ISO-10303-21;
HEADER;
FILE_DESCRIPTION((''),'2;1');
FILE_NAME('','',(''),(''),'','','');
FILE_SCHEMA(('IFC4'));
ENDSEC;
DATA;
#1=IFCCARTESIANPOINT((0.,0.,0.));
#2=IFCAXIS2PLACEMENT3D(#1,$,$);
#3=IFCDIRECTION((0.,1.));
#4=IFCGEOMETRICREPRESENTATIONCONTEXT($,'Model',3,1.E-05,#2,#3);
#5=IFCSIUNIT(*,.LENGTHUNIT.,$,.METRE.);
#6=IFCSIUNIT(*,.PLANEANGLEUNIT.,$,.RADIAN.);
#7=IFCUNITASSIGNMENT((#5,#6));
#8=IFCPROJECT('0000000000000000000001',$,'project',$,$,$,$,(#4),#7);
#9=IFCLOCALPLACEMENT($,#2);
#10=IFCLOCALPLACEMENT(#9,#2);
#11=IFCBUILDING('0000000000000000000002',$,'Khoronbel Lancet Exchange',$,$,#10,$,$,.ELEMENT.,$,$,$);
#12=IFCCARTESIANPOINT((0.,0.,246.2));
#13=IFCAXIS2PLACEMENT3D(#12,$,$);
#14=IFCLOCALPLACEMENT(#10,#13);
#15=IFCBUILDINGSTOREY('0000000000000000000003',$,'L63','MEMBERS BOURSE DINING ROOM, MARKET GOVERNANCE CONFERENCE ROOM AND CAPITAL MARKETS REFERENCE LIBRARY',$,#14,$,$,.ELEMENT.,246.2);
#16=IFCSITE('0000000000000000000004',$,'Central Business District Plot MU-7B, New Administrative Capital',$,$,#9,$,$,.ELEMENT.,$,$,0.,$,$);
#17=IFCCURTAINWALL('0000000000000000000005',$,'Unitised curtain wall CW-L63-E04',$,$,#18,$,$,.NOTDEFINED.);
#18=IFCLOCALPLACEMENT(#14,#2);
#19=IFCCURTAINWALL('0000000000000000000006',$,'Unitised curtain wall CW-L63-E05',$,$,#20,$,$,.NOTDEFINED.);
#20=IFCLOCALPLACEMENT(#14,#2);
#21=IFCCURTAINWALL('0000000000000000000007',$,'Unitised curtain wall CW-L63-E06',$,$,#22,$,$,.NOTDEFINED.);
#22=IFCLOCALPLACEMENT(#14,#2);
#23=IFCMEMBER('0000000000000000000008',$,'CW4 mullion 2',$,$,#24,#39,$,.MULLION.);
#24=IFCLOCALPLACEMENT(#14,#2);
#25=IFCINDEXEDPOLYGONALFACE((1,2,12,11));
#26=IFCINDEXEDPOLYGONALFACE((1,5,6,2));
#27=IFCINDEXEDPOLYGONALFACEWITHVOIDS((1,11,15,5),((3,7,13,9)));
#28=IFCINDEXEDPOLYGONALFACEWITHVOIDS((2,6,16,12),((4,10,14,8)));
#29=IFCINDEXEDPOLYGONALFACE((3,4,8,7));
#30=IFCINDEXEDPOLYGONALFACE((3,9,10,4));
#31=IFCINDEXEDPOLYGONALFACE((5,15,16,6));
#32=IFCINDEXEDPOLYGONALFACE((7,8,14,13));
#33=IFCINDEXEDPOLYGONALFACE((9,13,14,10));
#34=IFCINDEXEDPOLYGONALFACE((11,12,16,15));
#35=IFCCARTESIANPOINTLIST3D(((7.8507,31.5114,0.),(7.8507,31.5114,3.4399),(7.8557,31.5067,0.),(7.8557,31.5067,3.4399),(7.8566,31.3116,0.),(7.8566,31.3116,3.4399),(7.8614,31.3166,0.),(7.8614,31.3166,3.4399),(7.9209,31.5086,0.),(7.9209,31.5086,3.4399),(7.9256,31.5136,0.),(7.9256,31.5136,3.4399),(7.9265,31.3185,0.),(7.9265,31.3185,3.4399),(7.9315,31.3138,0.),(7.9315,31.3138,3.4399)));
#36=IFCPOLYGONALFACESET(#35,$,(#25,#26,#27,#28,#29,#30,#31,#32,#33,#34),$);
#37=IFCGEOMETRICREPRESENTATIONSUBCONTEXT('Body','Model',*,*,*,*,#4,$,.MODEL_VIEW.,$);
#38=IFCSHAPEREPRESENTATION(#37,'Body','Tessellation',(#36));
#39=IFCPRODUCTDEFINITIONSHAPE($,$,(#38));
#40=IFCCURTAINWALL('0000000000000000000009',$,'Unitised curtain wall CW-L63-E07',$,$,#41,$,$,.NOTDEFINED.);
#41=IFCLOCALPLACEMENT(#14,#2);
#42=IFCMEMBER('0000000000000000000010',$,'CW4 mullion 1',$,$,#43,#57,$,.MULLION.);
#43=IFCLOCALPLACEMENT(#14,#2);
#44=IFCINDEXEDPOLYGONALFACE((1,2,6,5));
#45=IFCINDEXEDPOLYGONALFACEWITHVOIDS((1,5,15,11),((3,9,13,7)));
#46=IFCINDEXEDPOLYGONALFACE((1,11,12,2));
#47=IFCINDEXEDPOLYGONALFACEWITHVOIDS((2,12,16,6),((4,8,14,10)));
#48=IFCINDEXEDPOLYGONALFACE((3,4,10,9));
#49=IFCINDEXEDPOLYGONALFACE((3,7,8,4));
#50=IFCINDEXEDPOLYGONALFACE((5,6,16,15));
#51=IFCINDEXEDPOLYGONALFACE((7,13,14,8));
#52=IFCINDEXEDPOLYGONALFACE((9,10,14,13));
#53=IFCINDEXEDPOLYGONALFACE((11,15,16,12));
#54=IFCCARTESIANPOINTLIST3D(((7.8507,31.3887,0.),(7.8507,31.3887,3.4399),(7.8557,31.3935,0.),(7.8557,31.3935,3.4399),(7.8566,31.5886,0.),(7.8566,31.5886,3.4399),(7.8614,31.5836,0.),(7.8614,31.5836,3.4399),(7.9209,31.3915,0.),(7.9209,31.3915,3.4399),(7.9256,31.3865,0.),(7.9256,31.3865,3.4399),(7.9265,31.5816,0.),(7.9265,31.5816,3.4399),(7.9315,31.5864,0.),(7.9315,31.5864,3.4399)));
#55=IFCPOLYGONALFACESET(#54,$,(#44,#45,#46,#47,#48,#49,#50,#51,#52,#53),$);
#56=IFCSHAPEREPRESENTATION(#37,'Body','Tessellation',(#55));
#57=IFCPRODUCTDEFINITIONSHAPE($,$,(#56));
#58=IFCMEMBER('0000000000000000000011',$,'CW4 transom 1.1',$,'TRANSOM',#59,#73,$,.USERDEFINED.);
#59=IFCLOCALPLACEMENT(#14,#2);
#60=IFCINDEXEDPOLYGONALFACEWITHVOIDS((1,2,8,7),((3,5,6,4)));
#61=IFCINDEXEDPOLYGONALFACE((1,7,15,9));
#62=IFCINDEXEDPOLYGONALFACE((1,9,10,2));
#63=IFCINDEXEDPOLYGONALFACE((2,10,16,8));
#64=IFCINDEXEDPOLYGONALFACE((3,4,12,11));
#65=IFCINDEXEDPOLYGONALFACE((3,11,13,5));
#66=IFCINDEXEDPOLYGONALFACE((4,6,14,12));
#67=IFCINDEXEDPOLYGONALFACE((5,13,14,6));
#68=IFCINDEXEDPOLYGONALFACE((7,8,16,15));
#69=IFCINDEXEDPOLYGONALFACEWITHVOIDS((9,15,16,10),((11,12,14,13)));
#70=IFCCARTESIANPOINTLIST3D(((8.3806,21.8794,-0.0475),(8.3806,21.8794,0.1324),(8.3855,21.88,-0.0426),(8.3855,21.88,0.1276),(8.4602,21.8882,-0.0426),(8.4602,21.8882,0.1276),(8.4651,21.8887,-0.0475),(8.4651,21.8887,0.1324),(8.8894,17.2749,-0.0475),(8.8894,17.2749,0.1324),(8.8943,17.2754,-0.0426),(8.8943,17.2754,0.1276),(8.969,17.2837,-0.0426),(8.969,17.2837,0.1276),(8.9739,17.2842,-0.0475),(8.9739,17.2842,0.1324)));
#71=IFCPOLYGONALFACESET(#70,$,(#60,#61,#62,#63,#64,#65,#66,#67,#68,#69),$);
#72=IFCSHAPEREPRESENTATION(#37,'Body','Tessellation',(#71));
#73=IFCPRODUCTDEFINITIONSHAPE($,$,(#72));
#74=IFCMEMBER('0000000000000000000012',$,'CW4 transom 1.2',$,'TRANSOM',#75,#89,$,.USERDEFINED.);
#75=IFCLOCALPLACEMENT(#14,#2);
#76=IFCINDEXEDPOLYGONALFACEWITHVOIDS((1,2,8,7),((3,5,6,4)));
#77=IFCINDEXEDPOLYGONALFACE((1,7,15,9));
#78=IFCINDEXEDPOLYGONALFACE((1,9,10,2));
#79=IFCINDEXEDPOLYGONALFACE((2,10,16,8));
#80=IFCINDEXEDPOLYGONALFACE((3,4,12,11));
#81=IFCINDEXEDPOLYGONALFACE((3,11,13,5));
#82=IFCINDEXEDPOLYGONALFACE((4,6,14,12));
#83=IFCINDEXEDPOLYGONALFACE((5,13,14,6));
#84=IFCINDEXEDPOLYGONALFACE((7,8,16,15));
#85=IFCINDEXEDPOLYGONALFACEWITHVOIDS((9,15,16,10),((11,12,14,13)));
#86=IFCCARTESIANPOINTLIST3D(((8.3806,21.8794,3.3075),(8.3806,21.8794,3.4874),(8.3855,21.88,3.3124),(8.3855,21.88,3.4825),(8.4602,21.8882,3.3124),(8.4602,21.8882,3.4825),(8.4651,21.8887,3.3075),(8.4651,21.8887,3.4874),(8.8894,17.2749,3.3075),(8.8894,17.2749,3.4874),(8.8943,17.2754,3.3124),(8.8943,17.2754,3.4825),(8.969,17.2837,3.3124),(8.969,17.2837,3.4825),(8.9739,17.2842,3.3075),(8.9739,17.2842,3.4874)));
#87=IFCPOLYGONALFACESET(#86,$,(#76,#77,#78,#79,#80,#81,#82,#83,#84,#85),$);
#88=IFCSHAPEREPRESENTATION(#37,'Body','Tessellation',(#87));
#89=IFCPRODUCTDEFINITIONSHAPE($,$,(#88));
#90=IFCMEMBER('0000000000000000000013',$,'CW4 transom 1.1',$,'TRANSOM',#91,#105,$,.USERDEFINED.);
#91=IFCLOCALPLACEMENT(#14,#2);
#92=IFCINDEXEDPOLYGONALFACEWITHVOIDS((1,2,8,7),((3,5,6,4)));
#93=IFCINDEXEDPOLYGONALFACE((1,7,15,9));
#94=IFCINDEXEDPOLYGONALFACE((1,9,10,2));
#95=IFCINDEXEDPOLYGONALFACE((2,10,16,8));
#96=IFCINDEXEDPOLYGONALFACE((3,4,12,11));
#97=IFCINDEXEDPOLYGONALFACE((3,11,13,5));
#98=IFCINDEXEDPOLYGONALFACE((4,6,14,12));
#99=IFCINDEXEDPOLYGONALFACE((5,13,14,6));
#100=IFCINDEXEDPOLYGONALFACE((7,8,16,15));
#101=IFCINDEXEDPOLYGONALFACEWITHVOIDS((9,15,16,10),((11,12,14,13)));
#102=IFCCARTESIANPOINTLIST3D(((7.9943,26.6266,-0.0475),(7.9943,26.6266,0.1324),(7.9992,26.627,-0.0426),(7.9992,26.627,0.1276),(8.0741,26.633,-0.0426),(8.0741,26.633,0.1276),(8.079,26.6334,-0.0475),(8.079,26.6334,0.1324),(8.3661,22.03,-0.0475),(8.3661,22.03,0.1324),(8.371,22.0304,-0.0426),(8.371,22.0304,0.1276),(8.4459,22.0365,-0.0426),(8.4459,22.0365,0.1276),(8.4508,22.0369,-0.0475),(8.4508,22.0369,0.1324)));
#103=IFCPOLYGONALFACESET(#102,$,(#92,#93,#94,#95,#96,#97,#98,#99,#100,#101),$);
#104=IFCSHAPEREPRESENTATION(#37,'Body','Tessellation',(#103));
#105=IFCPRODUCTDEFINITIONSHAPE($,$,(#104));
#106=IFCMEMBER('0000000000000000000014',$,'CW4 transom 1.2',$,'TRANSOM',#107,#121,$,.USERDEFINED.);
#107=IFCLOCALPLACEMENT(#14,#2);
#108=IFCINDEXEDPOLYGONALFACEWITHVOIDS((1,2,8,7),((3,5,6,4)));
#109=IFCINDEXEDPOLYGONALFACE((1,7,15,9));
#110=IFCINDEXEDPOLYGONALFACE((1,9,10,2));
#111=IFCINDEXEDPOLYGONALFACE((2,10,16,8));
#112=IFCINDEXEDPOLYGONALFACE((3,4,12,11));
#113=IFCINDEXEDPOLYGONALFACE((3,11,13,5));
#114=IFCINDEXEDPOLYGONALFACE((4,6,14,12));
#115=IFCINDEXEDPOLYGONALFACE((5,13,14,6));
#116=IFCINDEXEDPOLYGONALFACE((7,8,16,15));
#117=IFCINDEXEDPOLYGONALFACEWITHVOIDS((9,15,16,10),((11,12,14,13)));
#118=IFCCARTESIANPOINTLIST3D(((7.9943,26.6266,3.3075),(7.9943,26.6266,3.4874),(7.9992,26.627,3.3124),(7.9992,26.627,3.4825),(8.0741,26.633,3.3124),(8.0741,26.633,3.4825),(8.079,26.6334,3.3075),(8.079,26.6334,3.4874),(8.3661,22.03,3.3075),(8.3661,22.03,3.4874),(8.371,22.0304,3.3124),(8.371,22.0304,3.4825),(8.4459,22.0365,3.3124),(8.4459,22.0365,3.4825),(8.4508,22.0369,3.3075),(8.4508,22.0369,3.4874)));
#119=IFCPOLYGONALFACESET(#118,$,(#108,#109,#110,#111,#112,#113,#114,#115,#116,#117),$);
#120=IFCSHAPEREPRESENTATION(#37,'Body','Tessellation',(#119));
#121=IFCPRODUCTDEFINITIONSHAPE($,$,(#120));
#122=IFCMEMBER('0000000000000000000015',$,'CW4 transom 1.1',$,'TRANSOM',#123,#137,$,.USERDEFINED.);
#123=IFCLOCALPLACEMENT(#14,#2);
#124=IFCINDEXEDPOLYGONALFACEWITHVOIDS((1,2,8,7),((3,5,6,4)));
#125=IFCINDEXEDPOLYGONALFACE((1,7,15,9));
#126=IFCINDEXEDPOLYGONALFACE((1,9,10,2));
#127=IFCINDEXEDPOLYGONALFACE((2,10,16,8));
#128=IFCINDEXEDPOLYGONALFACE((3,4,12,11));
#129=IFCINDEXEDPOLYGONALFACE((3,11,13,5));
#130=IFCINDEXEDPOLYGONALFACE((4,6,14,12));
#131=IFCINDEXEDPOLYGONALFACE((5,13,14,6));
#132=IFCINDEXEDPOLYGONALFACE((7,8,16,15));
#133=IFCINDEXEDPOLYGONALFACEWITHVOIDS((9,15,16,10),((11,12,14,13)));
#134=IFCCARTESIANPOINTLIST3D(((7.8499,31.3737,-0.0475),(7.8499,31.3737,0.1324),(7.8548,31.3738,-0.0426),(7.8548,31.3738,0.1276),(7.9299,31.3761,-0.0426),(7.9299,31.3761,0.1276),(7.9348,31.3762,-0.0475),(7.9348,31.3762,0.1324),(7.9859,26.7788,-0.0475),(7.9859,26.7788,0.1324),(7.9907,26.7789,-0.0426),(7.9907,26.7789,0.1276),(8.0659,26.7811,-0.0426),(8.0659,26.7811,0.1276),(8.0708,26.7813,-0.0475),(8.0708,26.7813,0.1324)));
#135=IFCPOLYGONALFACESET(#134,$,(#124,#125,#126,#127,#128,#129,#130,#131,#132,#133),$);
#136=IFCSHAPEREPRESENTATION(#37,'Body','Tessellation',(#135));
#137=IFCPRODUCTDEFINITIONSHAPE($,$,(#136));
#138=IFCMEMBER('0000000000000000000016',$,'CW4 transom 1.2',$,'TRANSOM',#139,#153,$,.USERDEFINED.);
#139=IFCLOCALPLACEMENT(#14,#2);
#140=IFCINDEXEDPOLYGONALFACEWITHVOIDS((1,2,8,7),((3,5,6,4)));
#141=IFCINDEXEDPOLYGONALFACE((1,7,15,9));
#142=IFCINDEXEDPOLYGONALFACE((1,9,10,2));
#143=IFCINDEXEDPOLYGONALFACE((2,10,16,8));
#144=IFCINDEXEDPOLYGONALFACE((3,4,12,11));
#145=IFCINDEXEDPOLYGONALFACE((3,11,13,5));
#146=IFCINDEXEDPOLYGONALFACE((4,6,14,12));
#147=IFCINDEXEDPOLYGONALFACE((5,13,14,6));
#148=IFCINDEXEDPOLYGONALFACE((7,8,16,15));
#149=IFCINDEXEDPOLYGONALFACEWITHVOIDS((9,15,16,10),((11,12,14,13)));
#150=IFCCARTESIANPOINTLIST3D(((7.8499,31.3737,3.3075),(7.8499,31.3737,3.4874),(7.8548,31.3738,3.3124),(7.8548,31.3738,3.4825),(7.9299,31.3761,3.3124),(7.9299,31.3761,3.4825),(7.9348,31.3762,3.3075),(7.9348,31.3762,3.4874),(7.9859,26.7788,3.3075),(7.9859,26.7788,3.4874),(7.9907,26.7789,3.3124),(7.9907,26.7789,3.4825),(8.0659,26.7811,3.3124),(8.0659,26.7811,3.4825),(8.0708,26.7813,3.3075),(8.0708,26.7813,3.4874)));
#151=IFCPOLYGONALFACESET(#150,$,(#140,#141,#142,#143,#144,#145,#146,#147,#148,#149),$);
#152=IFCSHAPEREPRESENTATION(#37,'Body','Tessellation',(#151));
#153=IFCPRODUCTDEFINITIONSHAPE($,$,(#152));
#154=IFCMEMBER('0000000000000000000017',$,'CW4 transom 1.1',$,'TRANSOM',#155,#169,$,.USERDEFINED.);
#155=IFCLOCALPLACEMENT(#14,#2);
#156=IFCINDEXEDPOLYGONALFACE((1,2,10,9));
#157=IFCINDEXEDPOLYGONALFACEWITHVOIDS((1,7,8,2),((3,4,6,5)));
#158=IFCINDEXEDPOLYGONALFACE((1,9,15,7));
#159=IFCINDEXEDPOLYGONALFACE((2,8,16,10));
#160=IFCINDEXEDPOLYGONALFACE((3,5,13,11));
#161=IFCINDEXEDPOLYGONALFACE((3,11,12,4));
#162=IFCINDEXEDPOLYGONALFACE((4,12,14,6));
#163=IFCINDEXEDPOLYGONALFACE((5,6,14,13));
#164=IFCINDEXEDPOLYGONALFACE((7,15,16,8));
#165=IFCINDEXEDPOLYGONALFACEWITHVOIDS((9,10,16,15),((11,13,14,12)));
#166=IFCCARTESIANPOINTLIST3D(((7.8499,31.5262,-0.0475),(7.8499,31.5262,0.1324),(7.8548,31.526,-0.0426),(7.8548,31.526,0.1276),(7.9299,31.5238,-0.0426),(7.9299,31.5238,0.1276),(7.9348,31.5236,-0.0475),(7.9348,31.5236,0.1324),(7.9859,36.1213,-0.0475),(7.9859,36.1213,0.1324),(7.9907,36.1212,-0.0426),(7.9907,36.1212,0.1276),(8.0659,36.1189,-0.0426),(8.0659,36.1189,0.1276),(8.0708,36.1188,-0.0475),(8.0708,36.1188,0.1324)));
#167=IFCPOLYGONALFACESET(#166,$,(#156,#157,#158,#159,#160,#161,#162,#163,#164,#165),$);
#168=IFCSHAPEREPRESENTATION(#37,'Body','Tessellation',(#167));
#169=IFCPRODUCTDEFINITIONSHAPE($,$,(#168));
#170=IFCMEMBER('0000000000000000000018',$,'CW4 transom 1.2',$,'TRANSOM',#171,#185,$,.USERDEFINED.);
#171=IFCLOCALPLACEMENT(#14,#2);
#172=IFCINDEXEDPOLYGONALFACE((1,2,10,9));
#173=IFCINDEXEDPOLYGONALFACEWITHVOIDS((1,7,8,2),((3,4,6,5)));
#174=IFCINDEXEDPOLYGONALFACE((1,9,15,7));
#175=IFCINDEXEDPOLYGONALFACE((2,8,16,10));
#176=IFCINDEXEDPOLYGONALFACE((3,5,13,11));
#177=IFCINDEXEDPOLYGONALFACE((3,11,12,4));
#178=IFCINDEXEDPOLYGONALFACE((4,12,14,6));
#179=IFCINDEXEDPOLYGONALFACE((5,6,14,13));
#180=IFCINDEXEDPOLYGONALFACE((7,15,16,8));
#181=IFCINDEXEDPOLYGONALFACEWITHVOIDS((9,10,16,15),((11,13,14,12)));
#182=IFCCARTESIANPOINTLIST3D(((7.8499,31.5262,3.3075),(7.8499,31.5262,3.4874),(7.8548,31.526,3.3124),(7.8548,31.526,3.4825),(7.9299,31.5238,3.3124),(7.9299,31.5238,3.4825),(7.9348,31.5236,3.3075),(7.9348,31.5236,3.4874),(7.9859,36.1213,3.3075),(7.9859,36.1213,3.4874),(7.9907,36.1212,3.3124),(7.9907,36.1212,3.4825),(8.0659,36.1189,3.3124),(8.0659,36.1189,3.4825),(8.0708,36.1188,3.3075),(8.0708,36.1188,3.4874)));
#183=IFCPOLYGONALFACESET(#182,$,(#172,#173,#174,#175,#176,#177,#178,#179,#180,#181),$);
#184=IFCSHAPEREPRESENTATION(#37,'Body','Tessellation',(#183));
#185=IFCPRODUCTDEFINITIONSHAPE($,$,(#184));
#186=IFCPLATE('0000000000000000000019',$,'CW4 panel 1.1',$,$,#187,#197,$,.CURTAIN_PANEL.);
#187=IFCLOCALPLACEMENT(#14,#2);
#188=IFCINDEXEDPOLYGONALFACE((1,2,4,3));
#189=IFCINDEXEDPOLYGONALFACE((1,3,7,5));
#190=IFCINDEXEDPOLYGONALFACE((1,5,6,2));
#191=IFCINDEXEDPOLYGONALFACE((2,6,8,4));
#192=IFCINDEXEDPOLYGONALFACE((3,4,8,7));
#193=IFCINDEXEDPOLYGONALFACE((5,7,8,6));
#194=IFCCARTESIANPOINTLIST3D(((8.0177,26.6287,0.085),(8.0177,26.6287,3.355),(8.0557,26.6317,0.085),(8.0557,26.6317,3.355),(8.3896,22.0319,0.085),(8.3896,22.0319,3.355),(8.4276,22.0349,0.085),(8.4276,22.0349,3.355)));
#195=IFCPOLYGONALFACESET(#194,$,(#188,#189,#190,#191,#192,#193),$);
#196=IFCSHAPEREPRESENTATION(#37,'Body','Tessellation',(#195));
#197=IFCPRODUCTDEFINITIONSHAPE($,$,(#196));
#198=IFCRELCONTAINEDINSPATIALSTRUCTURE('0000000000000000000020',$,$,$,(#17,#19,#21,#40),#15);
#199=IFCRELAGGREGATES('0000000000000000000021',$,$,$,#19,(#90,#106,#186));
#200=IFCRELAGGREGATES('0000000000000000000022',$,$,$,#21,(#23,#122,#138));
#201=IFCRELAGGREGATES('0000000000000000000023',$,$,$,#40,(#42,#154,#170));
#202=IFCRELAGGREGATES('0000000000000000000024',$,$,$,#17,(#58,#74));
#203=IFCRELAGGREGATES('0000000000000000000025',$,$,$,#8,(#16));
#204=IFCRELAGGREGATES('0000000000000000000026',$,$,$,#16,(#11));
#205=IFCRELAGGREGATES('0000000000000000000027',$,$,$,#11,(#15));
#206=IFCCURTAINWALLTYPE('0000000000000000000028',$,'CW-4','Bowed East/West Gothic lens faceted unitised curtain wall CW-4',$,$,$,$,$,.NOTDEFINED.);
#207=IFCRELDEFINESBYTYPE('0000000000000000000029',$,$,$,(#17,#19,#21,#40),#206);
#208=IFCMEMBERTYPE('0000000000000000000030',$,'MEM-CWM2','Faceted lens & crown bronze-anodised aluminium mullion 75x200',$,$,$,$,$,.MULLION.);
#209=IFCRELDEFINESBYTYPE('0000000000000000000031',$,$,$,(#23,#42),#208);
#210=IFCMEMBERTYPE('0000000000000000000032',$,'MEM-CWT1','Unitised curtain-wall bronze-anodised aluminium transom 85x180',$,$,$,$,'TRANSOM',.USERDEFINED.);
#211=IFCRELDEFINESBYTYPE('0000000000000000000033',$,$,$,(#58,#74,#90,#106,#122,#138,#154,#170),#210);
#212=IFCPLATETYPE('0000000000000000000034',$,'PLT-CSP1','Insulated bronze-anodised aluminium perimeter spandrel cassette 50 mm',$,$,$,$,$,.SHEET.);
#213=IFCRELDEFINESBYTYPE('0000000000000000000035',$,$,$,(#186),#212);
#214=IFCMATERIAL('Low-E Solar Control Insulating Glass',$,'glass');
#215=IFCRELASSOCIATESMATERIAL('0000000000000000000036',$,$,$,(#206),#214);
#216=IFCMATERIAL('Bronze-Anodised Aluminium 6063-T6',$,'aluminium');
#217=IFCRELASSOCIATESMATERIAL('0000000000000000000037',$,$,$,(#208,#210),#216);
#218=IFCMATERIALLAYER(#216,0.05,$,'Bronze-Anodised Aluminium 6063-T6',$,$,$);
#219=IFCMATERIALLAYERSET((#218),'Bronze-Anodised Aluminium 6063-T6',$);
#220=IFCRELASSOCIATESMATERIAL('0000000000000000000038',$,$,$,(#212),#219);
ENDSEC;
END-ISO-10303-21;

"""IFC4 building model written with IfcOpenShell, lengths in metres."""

from ifc_helpers import new_model, si_unit, direction, frame, origin, origin_2d, place, context, subcontext, project, spatial, rectangle, hollow_rectangle, extrude, material, layer, layer_set, material_profile, profile_set, type_object, element, aggregate, save


model = new_model("IFC4")

# Units and contexts
model_context = context("Model", 3, precision=1e-05, world=origin(), true_north=direction((0.0, 1.0)))
body_context = subcontext(model_context, "Body", "Model", "MODEL_VIEW")
ifc_project = project(units=[si_unit("LENGTHUNIT", "METRE"), si_unit("PLANEANGLEUNIT", "RADIAN")], contexts=[model_context])

# Site, building, storey
site_placement = place(None, origin())
site = spatial("IfcSite", under=ifc_project, at=site_placement, Name="Central Business District Plot MU-7B, New Administrative Capital", CompositionType="ELEMENT", RefElevation=0.0)
building_placement = place(site_placement, origin())
building = spatial("IfcBuilding", under=site, at=building_placement, Name="Khoronbel Lancet Exchange", CompositionType="ELEMENT")
storey_placement = place(building_placement, frame((0.0, 0.0, 246.2)))
storey = spatial("IfcBuildingStorey", under=building, at=storey_placement, Name="L63", Description="MEMBERS BOURSE DINING ROOM, MARKET GOVERNANCE CONFERENCE ROOM AND CAPITAL MARKETS REFERENCE LIBRARY", CompositionType="ELEMENT", Elevation=246.2)

# Curtain walls, member
ifc_material_1 = material(Name="Low-E Solar Control Insulating Glass", Category="glass")
curtain_wall_type = type_object("IfcCurtainWallType", Name="CW-4", Description="Bowed East/West Gothic lens faceted unitised curtain wall CW-4", PredefinedType="NOTDEFINED", material=ifc_material_1)
curtain_wall_1_placement = place(storey_placement, origin())
curtain_wall_1 = element("IfcCurtainWall", 1, at=curtain_wall_1_placement, inside=storey, type_object=curtain_wall_type, Name="Unitised curtain wall CW-L63-E04", PredefinedType="NOTDEFINED")
ifc_material_2 = material(Name="Bronze-Anodised Aluminium 6063-T6", Category="aluminium")
ifc_material_profile_1 = material_profile(ifc_material_2, hollow_rectangle(XDim=0.075, YDim=0.2, WallThickness=0.0049, at=origin_2d()), Name="ALU MULLION 75x200")
ifc_profile_set_1 = profile_set([ifc_material_profile_1], Name="Bronze-Anodised Aluminium 6063-T6")
member_type_1 = type_object("IfcMemberType", Name="MEM-CWM2", Description="Faceted lens & crown bronze-anodised aluminium mullion 75x200", PredefinedType="MULLION", material=ifc_profile_set_1)
curtain_wall_2_placement = place(storey_placement, origin())
curtain_wall_2 = element("IfcCurtainWall", 2, at=curtain_wall_2_placement, inside=storey, type_object=curtain_wall_type, Name="Unitised curtain wall CW-L63-E05", PredefinedType="NOTDEFINED")
curtain_wall_3_placement = place(storey_placement, origin())
curtain_wall_3 = element("IfcCurtainWall", 3, at=curtain_wall_3_placement, inside=storey, type_object=curtain_wall_type, Name="Unitised curtain wall CW-L63-E06", PredefinedType="NOTDEFINED")
member_1_placement = place(storey_placement, frame((7.8911, 31.4126, 0.0), z_axis=(0.0, 0.0, 1.0), x_axis=(-0.999561, -0.029618, 0.0)))
member_1 = element("IfcMember", 4, at=member_1_placement, type_object=member_type_1, Name="CW4 mullion 2", PredefinedType="MULLION", context=body_context, shape_type="SweptSolid", body=[
    extrude(hollow_rectangle(XDim=0.075, YDim=0.2, WallThickness=0.0049, at=origin_2d()), origin(), (0.0, 0.0, 1.0), 3.4399),
])

# Curtain wall, member
curtain_wall_4_placement = place(storey_placement, origin())
curtain_wall_4 = element("IfcCurtainWall", 5, at=curtain_wall_4_placement, inside=storey, type_object=curtain_wall_type, Name="Unitised curtain wall CW-L63-E07", PredefinedType="NOTDEFINED")
member_2_placement = place(storey_placement, frame((7.8911, 31.4875, 0.0), z_axis=(0.0, 0.0, 1.0), x_axis=(-0.999561, 0.029618, 0.0)))
member_2 = element("IfcMember", 6, at=member_2_placement, type_object=member_type_1, Name="CW4 mullion 1", PredefinedType="MULLION", context=body_context, shape_type="SweptSolid", body=[
    extrude(hollow_rectangle(XDim=0.075, YDim=0.2, WallThickness=0.0049, at=origin_2d()), origin(), (0.0, 0.0, 1.0), 3.4399),
])

# Members
ifc_material_profile_2 = material_profile(ifc_material_2, hollow_rectangle(XDim=0.085, YDim=0.1799, WallThickness=0.0049, at=origin_2d()), Name="ALU TRANSOM 85x180")
ifc_profile_set_2 = profile_set([ifc_material_profile_2], Name="Bronze-Anodised Aluminium 6063-T6")
member_type_2 = type_object("IfcMemberType", Name="MEM-CWT1", Description="Unitised curtain-wall bronze-anodised aluminium transom 85x180", ElementType="TRANSOM", PredefinedType="USERDEFINED", material=ifc_profile_set_2)
member_3_placement = place(storey_placement, frame((8.9316, 17.2795, 0.0425), z_axis=(-0.10983, 0.99395, 0.0), x_axis=(-0.99395, -0.10983, 0.0)))
member_3 = element("IfcMember", 7, at=member_3_placement, type_object=member_type_2, Name="CW4 transom 1.1", ObjectType="TRANSOM", PredefinedType="USERDEFINED", context=body_context, shape_type="SweptSolid", body=[
    extrude(hollow_rectangle(XDim=0.085, YDim=0.1799, WallThickness=0.0049, at=origin_2d()), origin(), (0.0, 0.0, 1.0), 4.6326),
])
member_4_placement = place(storey_placement, frame((8.9316, 17.2795, 3.3975), z_axis=(-0.10983, 0.99395, 0.0), x_axis=(-0.99395, -0.10983, 0.0)))
member_4 = element("IfcMember", 8, at=member_4_placement, type_object=member_type_2, Name="CW4 transom 1.2", ObjectType="TRANSOM", PredefinedType="USERDEFINED", context=body_context, shape_type="SweptSolid", body=[
    extrude(hollow_rectangle(XDim=0.085, YDim=0.1799, WallThickness=0.0049, at=origin_2d()), origin(), (0.0, 0.0, 1.0), 4.6326),
])
member_5_placement = place(storey_placement, frame((8.4084, 22.0334, 0.0425), z_axis=(-0.080627, 0.996744, 0.0), x_axis=(-0.996744, -0.080627, 0.0)))
member_5 = element("IfcMember", 9, at=member_5_placement, type_object=member_type_2, Name="CW4 transom 1.1", ObjectType="TRANSOM", PredefinedType="USERDEFINED", context=body_context, shape_type="SweptSolid", body=[
    extrude(hollow_rectangle(XDim=0.085, YDim=0.1799, WallThickness=0.0049, at=origin_2d()), origin(), (0.0, 0.0, 1.0), 4.6116),
])
member_6_placement = place(storey_placement, frame((8.4084, 22.0334, 3.3975), z_axis=(-0.080627, 0.996744, 0.0), x_axis=(-0.996744, -0.080627, 0.0)))
member_6 = element("IfcMember", 10, at=member_6_placement, type_object=member_type_2, Name="CW4 transom 1.2", ObjectType="TRANSOM", PredefinedType="USERDEFINED", context=body_context, shape_type="SweptSolid", body=[
    extrude(hollow_rectangle(XDim=0.085, YDim=0.1799, WallThickness=0.0049, at=origin_2d()), origin(), (0.0, 0.0, 1.0), 4.6116),
])
member_7_placement = place(storey_placement, frame((8.0283, 26.78, 0.0425), z_axis=(-0.029582, 0.999562, 0.0), x_axis=(-0.999562, -0.029582, 0.0)))
member_7 = element("IfcMember", 11, at=member_7_placement, type_object=member_type_2, Name="CW4 transom 1.1", ObjectType="TRANSOM", PredefinedType="USERDEFINED", context=body_context, shape_type="SweptSolid", body=[
    extrude(hollow_rectangle(XDim=0.085, YDim=0.1799, WallThickness=0.0049, at=origin_2d()), origin(), (0.0, 0.0, 1.0), 4.5969),
])
member_8_placement = place(storey_placement, frame((8.0283, 26.78, 3.3975), z_axis=(-0.029582, 0.999562, 0.0), x_axis=(-0.999562, -0.029582, 0.0)))
member_8 = element("IfcMember", 12, at=member_8_placement, type_object=member_type_2, Name="CW4 transom 1.2", ObjectType="TRANSOM", PredefinedType="USERDEFINED", context=body_context, shape_type="SweptSolid", body=[
    extrude(hollow_rectangle(XDim=0.085, YDim=0.1799, WallThickness=0.0049, at=origin_2d()), origin(), (0.0, 0.0, 1.0), 4.5969),
])
member_9_placement = place(storey_placement, frame((7.8923, 31.5249, 0.0425), z_axis=(0.02958, 0.999562, 0.0), x_axis=(-0.999562, 0.02958, 0.0)))
member_9 = element("IfcMember", 13, at=member_9_placement, type_object=member_type_2, Name="CW4 transom 1.1", ObjectType="TRANSOM", PredefinedType="USERDEFINED", context=body_context, shape_type="SweptSolid", body=[
    extrude(hollow_rectangle(XDim=0.085, YDim=0.1799, WallThickness=0.0049, at=origin_2d()), origin(), (0.0, 0.0, 1.0), 4.5972),
])
member_10_placement = place(storey_placement, frame((7.8923, 31.5249, 3.3975), z_axis=(0.02958, 0.999562, 0.0), x_axis=(-0.999562, 0.02958, 0.0)))
member_10 = element("IfcMember", 14, at=member_10_placement, type_object=member_type_2, Name="CW4 transom 1.2", ObjectType="TRANSOM", PredefinedType="USERDEFINED", context=body_context, shape_type="SweptSolid", body=[
    extrude(hollow_rectangle(XDim=0.085, YDim=0.1799, WallThickness=0.0049, at=origin_2d()), origin(), (0.0, 0.0, 1.0), 4.5972),
])

# Plate
ifc_layer_1 = layer(ifc_material_2, 0.05, Name="Bronze-Anodised Aluminium 6063-T6")
ifc_layer_set_1 = layer_set([ifc_layer_1], Name="Bronze-Anodised Aluminium 6063-T6")
plate_type_1 = type_object("IfcPlateType", Name="PLT-CSP1", Description="Insulated bronze-anodised aluminium perimeter spandrel cassette 50 mm", PredefinedType="SHEET", material=ifc_layer_set_1)
plate_1_placement = place(storey_placement, frame((8.2227, 24.3318, 0.085), z_axis=(0.0, 0.0, 1.0), x_axis=(-0.08064, 0.996743, 0.0)))
plate_1 = element("IfcPlate", 15, at=plate_1_placement, type_object=plate_type_1, Name="CW4 panel 1.1", PredefinedType="CURTAIN_PANEL", context=body_context, shape_type="SweptSolid", body=[
    extrude(rectangle(XDim=4.6118, YDim=0.0381, at=origin_2d()), origin(), (0.0, 0.0, 1.0), 3.27),
])
aggregate(curtain_wall_2, [member_5, member_6, plate_1])
aggregate(curtain_wall_3, [member_1, member_7, member_8])
aggregate(curtain_wall_4, [member_2, member_9, member_10])
aggregate(curtain_wall_1, [member_3, member_4])

save(model, "model.ifc")
